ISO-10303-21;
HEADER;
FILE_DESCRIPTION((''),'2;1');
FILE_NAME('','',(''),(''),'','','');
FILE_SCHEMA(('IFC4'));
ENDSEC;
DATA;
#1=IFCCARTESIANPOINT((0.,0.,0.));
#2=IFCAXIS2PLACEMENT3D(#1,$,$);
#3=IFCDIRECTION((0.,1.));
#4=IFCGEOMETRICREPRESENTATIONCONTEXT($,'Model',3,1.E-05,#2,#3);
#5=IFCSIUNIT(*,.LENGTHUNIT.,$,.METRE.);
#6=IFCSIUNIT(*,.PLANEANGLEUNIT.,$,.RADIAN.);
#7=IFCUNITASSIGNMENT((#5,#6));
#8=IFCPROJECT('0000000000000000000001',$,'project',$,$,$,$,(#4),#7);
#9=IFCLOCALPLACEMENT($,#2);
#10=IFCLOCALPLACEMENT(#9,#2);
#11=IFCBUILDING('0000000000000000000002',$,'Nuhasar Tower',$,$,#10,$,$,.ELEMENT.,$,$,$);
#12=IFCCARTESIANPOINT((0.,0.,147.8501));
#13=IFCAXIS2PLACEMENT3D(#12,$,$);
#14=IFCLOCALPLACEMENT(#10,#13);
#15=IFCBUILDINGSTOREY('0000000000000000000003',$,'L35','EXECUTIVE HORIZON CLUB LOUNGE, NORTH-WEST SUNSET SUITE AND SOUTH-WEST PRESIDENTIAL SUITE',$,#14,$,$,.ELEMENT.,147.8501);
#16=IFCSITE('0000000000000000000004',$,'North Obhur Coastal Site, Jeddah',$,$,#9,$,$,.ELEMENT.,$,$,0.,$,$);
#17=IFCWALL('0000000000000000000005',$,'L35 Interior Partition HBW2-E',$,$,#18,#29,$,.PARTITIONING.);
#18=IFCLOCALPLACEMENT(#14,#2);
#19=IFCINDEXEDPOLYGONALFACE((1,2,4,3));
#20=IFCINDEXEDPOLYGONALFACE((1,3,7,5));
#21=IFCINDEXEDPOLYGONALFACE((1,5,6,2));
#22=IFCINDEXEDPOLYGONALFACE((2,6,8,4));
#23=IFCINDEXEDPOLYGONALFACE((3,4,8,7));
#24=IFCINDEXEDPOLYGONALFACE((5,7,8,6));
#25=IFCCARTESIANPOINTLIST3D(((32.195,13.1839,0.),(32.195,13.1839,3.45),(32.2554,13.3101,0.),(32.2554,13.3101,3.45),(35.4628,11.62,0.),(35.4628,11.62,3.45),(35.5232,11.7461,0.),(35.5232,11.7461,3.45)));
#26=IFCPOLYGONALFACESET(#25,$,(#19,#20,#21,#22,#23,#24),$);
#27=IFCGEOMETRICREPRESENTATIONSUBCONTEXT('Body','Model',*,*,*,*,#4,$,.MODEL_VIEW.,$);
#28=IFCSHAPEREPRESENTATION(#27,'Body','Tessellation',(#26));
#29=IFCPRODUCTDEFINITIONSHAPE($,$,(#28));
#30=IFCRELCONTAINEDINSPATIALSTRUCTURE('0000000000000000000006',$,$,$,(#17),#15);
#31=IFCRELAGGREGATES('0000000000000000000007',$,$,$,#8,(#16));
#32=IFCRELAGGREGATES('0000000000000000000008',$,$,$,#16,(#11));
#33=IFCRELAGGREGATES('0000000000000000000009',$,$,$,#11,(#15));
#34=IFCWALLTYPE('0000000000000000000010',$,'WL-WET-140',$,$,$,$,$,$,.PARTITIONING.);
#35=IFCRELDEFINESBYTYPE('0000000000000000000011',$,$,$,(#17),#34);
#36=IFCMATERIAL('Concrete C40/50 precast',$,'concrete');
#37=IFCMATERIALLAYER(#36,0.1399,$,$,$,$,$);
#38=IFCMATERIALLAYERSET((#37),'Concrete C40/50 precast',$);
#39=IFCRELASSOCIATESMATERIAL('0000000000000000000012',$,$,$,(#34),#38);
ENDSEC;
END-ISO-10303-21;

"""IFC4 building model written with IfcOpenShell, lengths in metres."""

from ifc_helpers import new_model, si_unit, direction, frame, frame_2d, origin, place, context, subcontext, project, spatial, rectangle, extrude, material, layer, layer_set, type_object, element, save


model = new_model("IFC4")

# Units and contexts
model_context = context("Model", 3, precision=1e-05, world=origin(), true_north=direction((0.0, 1.0)))
body_context = subcontext(model_context, "Body", "Model", "MODEL_VIEW")
ifc_project = project(units=[si_unit("LENGTHUNIT", "METRE"), si_unit("PLANEANGLEUNIT", "RADIAN")], contexts=[model_context])

# Site, building, storey
site_placement = place(None, origin())
site = spatial("IfcSite", under=ifc_project, at=site_placement, Name="North Obhur Coastal Site, Jeddah", CompositionType="ELEMENT", RefElevation=0.0)
building_placement = place(site_placement, origin())
building = spatial("IfcBuilding", under=site, at=building_placement, Name="Nuhasar Tower", CompositionType="ELEMENT")
storey_placement = place(building_placement, frame((0.0, 0.0, 147.8501)))
storey = spatial("IfcBuildingStorey", under=building, at=storey_placement, Name="L35", Description="EXECUTIVE HORIZON CLUB LOUNGE, NORTH-WEST SUNSET SUITE AND SOUTH-WEST PRESIDENTIAL SUITE", CompositionType="ELEMENT", Elevation=147.8501)

# Shared definitions
ifc_material_1 = material(Name="Concrete C40/50 precast", Category="concrete")
ifc_layer_1 = layer(ifc_material_1, 0.1399)
ifc_layer_set_1 = layer_set([ifc_layer_1], Name="Concrete C40/50 precast")
wall_type_1 = type_object("IfcWallType", Name="WL-WET-140", PredefinedType="PARTITIONING", material=ifc_layer_set_1)

# Wall
wall_1_placement = place(storey_placement, frame((32.2251, 13.2471, 0.0), z_axis=(0.0, 0.0, 1.0), x_axis=(0.902017, -0.431701, 0.0)))
element("IfcWall", 1, at=wall_1_placement, inside=storey, type_object=wall_type_1, Name="L35 Interior Partition HBW2-E", PredefinedType="PARTITIONING", context=body_context, shape_type="SweptSolid", body=[
    extrude(rectangle(XDim=3.6228, YDim=0.1399, at=frame_2d((1.8115, 0.0))), origin(), (0.0, 0.0, 1.0), 3.45),
])

save(model, "model.ifc")
